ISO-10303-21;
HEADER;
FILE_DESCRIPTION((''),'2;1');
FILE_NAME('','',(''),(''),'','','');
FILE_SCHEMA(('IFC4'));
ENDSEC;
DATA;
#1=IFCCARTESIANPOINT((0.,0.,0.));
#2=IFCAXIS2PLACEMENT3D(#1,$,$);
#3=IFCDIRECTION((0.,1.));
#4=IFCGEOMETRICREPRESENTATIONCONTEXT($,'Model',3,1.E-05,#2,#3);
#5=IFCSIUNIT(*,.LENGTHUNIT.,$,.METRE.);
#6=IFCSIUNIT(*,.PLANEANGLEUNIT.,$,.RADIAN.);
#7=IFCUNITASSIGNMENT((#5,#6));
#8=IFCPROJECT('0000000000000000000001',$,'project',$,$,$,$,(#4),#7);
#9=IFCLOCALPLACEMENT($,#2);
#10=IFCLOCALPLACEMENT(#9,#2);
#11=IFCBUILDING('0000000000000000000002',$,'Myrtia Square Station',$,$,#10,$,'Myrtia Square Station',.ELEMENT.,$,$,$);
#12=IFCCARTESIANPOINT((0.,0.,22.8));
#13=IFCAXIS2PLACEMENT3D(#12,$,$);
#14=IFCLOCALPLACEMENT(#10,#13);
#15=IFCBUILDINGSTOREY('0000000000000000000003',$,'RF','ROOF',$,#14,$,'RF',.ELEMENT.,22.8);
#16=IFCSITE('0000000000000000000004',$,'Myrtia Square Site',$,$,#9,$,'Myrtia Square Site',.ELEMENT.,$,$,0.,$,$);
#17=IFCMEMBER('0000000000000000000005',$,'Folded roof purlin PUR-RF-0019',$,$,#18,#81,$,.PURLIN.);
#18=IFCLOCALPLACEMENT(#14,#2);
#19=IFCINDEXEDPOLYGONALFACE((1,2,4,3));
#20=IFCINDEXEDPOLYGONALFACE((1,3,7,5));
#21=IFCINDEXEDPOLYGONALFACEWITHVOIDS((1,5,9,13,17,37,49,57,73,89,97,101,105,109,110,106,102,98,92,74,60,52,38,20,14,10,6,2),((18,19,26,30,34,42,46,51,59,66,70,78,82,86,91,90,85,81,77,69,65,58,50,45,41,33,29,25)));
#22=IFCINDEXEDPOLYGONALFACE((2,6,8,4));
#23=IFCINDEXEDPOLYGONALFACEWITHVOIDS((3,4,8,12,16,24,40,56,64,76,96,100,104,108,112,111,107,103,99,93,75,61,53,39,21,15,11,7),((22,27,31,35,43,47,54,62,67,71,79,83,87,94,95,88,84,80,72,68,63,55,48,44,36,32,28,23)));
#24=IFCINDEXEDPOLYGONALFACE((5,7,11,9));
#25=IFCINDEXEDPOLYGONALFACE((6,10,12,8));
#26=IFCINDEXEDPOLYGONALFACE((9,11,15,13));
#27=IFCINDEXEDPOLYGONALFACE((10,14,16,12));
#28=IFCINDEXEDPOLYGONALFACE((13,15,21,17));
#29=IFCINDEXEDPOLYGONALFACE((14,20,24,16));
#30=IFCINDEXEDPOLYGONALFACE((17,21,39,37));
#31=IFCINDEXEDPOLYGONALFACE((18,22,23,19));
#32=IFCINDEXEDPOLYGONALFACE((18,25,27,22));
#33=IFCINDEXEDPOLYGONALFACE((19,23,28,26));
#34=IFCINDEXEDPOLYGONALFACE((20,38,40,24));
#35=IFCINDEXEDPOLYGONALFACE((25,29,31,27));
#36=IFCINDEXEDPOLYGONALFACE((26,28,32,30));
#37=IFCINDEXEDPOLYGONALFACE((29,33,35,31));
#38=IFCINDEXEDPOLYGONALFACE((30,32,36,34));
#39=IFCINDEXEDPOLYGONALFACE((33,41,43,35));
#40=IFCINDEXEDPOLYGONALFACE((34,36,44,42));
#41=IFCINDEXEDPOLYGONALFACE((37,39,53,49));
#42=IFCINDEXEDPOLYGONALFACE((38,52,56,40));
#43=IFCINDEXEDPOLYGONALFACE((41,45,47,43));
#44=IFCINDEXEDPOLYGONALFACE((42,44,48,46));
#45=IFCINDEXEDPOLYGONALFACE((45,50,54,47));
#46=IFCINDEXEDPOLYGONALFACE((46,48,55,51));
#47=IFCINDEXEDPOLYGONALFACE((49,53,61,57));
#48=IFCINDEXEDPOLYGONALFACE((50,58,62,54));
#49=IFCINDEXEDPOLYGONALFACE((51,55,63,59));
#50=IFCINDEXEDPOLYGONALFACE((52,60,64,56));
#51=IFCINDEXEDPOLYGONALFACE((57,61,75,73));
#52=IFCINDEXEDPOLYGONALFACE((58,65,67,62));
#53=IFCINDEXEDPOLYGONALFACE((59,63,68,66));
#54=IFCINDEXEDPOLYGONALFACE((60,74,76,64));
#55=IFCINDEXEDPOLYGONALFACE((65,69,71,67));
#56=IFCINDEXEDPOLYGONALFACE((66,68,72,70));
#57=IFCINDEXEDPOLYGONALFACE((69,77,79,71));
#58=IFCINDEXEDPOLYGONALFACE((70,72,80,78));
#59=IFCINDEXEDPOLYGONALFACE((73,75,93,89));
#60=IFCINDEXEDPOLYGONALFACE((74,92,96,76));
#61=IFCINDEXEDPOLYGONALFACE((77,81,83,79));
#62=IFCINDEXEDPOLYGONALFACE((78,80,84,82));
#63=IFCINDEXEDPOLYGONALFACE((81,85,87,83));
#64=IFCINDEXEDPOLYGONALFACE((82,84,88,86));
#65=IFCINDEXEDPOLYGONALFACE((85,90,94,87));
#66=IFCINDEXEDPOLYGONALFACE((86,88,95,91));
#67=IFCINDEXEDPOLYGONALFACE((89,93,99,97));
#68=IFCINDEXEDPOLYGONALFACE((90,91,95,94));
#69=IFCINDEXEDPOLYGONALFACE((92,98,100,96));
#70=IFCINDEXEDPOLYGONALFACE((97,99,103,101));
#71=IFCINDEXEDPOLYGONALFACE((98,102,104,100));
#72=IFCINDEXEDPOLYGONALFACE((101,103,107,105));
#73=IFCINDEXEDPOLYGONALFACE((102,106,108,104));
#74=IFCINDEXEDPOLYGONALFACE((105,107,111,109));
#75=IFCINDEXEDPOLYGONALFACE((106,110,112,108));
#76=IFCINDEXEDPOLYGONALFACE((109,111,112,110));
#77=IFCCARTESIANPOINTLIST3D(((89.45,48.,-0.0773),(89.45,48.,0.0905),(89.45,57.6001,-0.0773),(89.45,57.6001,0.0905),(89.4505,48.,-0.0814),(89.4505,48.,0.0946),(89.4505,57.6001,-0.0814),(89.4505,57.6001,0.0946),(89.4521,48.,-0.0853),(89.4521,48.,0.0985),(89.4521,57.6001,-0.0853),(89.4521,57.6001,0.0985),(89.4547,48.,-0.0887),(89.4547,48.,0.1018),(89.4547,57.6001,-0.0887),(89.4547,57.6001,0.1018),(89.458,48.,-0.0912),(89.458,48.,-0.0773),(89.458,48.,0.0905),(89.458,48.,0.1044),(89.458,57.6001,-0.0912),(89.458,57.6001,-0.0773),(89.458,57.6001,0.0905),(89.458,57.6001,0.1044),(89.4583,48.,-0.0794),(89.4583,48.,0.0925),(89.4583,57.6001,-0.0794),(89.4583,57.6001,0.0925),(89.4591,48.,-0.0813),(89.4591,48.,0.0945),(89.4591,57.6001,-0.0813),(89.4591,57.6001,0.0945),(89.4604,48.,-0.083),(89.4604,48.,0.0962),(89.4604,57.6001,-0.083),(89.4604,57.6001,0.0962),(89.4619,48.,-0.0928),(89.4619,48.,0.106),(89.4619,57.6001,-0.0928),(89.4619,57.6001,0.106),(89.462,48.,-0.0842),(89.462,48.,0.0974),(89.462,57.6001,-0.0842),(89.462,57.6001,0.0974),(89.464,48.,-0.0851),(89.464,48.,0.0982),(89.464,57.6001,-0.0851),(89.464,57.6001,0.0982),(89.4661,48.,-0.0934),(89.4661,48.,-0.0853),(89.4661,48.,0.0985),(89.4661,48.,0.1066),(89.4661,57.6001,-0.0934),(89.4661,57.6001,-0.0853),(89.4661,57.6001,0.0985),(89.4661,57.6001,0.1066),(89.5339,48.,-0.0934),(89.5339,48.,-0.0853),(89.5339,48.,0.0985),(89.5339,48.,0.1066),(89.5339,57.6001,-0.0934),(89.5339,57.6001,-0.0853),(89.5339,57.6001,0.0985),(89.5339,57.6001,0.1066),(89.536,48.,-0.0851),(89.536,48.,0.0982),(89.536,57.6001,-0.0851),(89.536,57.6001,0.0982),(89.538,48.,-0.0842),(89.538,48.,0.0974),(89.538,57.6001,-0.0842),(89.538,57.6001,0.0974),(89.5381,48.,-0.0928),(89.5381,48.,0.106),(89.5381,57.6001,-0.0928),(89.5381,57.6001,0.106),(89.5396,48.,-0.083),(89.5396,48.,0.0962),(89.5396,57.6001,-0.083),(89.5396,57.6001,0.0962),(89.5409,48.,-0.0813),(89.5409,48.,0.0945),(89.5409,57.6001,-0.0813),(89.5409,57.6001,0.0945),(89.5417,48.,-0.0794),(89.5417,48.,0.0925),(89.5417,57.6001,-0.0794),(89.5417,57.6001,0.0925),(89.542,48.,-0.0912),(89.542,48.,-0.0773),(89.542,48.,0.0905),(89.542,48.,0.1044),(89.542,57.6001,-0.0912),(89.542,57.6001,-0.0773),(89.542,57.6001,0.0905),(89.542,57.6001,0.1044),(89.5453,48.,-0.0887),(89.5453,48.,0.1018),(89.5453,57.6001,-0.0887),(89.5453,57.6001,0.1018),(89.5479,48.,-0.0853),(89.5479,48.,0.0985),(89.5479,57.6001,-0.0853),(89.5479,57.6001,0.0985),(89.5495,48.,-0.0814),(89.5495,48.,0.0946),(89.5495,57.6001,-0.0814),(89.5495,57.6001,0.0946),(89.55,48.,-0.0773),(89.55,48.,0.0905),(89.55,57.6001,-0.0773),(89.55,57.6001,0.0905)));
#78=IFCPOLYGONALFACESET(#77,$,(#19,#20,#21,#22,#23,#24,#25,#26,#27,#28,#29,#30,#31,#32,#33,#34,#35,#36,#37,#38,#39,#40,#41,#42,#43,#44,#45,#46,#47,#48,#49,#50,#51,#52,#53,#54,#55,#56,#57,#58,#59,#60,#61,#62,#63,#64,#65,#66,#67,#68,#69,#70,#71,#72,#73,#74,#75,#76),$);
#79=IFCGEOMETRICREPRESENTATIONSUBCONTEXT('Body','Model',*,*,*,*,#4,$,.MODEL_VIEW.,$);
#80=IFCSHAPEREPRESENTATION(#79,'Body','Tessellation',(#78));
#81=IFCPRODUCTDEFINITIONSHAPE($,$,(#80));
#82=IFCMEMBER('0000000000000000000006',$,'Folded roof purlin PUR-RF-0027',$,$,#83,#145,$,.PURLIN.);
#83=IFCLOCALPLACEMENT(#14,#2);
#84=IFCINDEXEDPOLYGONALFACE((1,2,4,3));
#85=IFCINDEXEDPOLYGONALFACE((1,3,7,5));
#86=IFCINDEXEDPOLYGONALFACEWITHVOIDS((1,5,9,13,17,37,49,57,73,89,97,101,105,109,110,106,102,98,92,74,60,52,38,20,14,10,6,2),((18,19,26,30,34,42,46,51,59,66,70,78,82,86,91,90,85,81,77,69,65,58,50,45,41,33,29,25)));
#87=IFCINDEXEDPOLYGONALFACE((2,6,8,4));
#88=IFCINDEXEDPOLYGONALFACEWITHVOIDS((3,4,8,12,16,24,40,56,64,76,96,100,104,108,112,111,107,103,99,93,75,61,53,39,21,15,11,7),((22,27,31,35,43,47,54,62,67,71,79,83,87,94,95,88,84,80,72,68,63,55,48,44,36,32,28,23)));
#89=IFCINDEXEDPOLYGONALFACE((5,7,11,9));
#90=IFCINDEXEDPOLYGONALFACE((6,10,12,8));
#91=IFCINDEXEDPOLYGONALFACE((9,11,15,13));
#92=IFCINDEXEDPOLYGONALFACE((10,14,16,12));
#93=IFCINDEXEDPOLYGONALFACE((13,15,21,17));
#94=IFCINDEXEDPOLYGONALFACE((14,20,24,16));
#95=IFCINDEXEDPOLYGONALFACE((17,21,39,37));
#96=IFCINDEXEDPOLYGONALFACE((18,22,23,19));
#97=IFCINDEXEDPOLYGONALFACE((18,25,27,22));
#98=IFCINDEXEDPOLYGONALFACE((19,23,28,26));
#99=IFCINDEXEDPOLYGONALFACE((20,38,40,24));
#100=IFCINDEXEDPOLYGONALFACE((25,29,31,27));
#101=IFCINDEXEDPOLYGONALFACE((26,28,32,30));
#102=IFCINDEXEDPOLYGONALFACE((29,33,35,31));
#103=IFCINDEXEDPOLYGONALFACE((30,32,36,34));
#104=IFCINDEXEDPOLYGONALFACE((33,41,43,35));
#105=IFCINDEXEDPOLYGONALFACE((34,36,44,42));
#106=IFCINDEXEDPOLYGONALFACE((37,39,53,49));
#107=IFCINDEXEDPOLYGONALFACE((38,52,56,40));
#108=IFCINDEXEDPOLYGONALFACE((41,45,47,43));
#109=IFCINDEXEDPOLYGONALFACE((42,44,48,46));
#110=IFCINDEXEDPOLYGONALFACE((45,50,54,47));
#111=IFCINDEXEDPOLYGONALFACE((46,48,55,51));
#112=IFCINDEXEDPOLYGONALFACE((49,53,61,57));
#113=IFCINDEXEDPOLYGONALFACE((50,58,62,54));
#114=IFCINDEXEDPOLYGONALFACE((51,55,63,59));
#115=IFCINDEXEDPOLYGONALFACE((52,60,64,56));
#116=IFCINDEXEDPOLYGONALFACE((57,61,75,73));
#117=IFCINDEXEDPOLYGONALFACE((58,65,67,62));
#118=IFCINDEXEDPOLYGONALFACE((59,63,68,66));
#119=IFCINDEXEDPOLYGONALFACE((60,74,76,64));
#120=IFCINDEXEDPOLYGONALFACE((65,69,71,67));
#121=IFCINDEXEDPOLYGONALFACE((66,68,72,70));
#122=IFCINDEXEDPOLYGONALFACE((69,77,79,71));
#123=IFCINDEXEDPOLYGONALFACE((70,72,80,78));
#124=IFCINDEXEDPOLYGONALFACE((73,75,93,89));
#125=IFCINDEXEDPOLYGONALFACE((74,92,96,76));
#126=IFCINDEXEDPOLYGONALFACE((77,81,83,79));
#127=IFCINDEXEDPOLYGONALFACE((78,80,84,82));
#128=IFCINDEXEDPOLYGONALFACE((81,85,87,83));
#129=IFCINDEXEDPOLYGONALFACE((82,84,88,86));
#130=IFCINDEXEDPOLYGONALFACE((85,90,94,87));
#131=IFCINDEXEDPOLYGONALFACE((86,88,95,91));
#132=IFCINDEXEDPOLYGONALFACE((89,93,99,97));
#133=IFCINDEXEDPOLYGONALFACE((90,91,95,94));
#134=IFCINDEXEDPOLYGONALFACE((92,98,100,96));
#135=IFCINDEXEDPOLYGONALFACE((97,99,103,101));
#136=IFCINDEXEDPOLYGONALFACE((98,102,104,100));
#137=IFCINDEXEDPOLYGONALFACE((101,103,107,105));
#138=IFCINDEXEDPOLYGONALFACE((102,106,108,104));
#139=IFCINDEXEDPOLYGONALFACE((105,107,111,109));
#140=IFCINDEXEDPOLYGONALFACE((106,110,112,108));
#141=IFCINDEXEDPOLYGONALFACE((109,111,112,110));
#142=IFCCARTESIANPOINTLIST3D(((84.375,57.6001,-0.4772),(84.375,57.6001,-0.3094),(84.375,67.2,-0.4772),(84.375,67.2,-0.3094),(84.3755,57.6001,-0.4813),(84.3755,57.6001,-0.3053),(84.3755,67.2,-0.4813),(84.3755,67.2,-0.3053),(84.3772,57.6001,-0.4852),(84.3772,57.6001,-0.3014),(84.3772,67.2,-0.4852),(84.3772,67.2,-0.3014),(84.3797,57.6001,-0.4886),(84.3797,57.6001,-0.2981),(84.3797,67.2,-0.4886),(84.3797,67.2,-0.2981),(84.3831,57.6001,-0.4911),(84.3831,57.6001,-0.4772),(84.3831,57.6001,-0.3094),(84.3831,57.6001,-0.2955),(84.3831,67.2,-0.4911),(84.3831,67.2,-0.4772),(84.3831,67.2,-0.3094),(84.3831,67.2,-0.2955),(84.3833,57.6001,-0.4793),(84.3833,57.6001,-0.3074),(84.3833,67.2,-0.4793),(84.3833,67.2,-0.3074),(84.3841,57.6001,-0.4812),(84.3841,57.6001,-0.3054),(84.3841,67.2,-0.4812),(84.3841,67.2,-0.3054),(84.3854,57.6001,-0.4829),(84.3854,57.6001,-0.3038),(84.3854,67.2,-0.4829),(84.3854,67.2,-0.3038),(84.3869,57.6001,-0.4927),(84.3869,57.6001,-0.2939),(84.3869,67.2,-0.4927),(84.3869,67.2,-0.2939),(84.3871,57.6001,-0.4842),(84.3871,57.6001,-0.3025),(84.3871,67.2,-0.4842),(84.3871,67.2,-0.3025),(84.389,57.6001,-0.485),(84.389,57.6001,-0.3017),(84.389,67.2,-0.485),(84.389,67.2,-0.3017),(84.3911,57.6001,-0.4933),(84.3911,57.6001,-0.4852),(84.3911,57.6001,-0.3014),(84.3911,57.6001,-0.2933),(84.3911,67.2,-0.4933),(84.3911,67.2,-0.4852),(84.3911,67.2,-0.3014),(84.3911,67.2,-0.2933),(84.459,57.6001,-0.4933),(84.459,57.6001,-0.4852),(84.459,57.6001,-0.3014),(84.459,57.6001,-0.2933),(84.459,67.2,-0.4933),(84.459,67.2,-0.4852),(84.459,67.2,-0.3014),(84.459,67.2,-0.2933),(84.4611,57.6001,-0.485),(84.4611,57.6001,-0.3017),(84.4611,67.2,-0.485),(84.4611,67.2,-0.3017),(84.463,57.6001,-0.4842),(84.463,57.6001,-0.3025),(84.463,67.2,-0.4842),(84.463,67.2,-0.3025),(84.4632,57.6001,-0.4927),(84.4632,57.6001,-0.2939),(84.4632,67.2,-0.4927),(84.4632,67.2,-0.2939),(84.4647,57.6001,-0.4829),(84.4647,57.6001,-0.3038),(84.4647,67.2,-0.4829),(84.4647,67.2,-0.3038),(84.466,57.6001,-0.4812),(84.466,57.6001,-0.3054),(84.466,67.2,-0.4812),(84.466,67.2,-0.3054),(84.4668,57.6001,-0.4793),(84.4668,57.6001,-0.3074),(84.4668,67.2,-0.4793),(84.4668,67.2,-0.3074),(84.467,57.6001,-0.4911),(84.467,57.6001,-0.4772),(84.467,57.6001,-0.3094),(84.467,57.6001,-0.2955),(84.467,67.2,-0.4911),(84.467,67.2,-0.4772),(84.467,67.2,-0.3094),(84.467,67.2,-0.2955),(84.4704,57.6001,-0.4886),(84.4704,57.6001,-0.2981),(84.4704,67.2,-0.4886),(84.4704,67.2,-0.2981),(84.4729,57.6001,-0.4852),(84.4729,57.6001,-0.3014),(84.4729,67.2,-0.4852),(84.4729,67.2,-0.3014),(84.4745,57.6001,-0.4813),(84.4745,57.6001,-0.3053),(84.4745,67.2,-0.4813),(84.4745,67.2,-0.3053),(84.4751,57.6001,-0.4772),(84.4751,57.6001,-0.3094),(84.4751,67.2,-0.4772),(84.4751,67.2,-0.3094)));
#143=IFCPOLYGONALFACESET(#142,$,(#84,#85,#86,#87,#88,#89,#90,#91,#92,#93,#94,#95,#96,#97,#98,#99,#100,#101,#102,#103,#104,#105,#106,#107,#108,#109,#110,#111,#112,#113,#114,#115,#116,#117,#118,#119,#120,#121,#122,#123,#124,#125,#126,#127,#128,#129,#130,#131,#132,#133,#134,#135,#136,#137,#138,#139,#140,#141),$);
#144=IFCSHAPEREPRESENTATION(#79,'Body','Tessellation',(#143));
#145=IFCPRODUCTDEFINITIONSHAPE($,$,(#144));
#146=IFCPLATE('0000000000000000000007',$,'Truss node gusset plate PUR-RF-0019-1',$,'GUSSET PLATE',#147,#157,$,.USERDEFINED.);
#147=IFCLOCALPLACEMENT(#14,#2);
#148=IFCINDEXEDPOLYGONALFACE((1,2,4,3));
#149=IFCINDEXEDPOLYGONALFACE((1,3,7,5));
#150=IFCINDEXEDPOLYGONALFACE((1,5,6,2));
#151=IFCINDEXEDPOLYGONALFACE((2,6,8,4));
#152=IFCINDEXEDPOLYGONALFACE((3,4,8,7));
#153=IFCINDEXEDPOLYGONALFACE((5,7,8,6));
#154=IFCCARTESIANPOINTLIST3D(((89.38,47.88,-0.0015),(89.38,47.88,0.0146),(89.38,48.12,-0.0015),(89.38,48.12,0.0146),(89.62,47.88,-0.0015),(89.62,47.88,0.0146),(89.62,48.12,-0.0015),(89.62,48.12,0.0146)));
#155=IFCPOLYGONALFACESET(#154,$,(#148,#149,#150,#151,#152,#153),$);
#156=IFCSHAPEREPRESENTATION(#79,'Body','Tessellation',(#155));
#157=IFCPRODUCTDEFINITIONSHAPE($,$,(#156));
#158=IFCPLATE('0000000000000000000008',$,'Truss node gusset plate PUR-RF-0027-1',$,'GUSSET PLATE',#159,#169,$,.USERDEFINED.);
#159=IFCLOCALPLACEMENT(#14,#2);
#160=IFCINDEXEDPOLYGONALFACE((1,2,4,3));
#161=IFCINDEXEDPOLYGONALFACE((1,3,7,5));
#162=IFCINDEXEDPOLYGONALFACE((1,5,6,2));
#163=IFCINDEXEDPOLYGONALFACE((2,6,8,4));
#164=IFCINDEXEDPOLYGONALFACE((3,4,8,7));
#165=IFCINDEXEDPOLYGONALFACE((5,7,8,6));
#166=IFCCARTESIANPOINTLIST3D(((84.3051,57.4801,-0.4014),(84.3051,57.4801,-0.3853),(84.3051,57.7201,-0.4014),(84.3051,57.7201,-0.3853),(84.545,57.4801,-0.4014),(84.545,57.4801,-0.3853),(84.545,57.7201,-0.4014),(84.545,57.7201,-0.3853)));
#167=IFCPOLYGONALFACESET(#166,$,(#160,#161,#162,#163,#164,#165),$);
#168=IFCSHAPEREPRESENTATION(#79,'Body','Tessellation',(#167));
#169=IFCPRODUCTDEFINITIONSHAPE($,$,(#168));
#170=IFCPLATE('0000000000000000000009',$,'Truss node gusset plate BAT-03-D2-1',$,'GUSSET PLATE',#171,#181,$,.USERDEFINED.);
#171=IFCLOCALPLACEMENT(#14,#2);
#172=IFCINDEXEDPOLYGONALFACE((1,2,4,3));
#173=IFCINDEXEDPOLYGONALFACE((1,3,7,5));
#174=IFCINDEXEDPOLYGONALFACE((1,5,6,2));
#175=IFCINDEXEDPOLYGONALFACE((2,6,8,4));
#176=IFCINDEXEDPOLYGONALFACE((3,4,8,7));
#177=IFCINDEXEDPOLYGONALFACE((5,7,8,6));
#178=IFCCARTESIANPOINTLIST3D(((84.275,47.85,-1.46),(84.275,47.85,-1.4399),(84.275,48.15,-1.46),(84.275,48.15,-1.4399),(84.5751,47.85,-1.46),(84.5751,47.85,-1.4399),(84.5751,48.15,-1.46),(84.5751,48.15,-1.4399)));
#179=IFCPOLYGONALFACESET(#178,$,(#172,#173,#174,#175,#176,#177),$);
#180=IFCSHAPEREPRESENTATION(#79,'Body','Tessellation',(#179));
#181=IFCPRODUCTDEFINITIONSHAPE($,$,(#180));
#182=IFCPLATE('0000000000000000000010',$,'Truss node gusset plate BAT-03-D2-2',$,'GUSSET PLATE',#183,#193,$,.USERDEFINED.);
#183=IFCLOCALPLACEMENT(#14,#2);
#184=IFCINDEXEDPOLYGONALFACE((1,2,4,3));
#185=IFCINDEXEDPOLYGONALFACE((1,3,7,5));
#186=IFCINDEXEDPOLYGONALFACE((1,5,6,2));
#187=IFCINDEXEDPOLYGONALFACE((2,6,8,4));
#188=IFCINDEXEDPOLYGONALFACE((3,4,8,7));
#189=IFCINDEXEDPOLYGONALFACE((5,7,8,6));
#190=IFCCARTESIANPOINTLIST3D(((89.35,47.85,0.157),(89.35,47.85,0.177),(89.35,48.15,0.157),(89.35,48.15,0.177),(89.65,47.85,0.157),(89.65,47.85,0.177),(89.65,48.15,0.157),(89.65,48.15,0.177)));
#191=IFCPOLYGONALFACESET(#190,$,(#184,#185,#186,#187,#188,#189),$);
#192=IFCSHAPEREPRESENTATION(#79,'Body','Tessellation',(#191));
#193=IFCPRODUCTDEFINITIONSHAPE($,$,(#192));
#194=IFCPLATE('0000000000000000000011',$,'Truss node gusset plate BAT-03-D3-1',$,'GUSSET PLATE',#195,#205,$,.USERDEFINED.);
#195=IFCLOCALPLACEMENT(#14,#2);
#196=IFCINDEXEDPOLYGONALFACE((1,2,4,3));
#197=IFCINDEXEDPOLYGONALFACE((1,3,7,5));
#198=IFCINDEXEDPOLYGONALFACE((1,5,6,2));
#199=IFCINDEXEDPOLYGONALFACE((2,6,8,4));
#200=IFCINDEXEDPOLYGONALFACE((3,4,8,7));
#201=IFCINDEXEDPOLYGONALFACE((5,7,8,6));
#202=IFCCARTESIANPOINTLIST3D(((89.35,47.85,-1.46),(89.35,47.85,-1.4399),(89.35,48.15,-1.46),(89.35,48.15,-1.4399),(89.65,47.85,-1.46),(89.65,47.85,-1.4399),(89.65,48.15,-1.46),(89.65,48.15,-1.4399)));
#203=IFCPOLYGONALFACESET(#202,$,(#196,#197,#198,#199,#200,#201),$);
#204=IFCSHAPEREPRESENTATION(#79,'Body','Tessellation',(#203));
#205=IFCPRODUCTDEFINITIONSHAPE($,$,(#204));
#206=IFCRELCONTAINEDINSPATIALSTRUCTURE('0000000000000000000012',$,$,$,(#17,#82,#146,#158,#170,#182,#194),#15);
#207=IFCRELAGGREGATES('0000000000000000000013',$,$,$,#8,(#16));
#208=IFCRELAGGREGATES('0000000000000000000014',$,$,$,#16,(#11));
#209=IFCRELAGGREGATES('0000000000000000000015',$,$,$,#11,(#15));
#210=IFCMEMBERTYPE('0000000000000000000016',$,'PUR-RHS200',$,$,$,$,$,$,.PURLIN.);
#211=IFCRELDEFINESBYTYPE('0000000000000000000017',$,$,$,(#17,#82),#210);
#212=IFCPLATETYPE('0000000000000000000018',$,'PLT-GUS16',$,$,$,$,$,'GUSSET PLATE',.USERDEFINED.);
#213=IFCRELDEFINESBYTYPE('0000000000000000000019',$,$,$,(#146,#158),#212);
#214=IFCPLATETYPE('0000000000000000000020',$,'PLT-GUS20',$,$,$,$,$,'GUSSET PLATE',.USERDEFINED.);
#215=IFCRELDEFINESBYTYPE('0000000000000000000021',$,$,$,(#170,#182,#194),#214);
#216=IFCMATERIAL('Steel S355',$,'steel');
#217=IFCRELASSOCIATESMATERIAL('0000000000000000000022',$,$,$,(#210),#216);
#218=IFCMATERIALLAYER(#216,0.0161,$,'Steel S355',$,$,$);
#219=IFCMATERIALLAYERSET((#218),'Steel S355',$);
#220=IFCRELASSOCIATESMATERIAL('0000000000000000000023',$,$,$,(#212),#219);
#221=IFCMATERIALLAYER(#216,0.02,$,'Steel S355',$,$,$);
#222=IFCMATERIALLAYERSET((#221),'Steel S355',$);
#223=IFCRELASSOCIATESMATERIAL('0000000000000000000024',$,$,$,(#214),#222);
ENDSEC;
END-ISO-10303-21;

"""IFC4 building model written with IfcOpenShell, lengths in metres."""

from ifc_helpers import new_model, si_unit, direction, frame, origin, origin_2d, place, context, subcontext, project, spatial, rectangle, hollow_rectangle, extrude, material, layer, layer_set, material_profile, profile_set, type_object, element, save


model = new_model("IFC4")

# Units and contexts
model_context = context("Model", 3, precision=1e-05, world=origin(), true_north=direction((0.0, 1.0)))
body_context = subcontext(model_context, "Body", "Model", "MODEL_VIEW")
ifc_project = project(units=[si_unit("LENGTHUNIT", "METRE"), si_unit("PLANEANGLEUNIT", "RADIAN")], contexts=[model_context])

# Site, building, storey
site_placement = place(None, origin())
site = spatial("IfcSite", under=ifc_project, at=site_placement, Name="Myrtia Square Site", LongName="Myrtia Square Site", CompositionType="ELEMENT", RefElevation=0.0)
building_placement = place(site_placement, origin())
building = spatial("IfcBuilding", under=site, at=building_placement, Name="Myrtia Square Station", LongName="Myrtia Square Station", CompositionType="ELEMENT")
storey_placement = place(building_placement, frame((0.0, 0.0, 22.8)))
storey = spatial("IfcBuildingStorey", under=building, at=storey_placement, Name="RF", Description="ROOF", LongName="RF", CompositionType="ELEMENT", Elevation=22.8)

# Members
ifc_material_1 = material(Name="Steel S355", Category="steel")
ifc_material_profile_1 = material_profile(ifc_material_1, hollow_rectangle(XDim=0.1001, YDim=0.2, WallThickness=0.0081, InnerFilletRadius=0.0081, OuterFilletRadius=0.0161, at=origin_2d()), Name="RHS 200x100x8")
ifc_profile_set_1 = profile_set([ifc_material_profile_1], Name="Steel S355")
member_type_1 = type_object("IfcMemberType", Name="PUR-RHS200", PredefinedType="PURLIN", material=ifc_profile_set_1)
member_1_placement = place(storey_placement, frame((89.5, 48.0, 0.0066), z_axis=(0.0, 1.0, 0.0), x_axis=(-1.0, 0.0, 0.0)))
element("IfcMember", 1, at=member_1_placement, inside=storey, type_object=member_type_1, Name="Folded roof purlin PUR-RF-0019", PredefinedType="PURLIN", context=body_context, shape_type="SweptSolid", body=[
    extrude(hollow_rectangle(XDim=0.1001, YDim=0.2, WallThickness=0.0081, InnerFilletRadius=0.0081, OuterFilletRadius=0.0161, at=origin_2d()), origin(), (0.0, 0.0, 1.0), 9.6001),
])
member_2_placement = place(storey_placement, frame((84.425, 57.6001, -0.3933), z_axis=(0.0, 1.0, 0.0), x_axis=(-1.0, 0.0, 0.0)))
element("IfcMember", 2, at=member_2_placement, inside=storey, type_object=member_type_1, Name="Folded roof purlin PUR-RF-0027", PredefinedType="PURLIN", context=body_context, shape_type="SweptSolid", body=[
    extrude(hollow_rectangle(XDim=0.1001, YDim=0.2, WallThickness=0.0081, InnerFilletRadius=0.0081, OuterFilletRadius=0.0161, at=origin_2d()), origin(), (0.0, 0.0, 1.0), 9.5999),
])

# Plates
ifc_layer_1 = layer(ifc_material_1, 0.0161, Name="Steel S355")
ifc_layer_set_1 = layer_set([ifc_layer_1], Name="Steel S355")
plate_type_1 = type_object("IfcPlateType", Name="PLT-GUS16", ElementType="GUSSET PLATE", PredefinedType="USERDEFINED", material=ifc_layer_set_1)
for number, where, z_axis, x_axis, name in (
    (3, (89.5, 48.0, -0.0015), (0.0, 0.0, 1.0), (0.0, 1.0, 0.0), "Truss node gusset plate PUR-RF-0019-1"),
    (4, (84.425, 57.6001, -0.4014), (0.0, 0.0, 1.0), (0.0, 1.0, 0.0), "Truss node gusset plate PUR-RF-0027-1"),
):
    element("IfcPlate", number, at=place(storey_placement, frame(where, z_axis=z_axis, x_axis=x_axis)), inside=storey, type_object=plate_type_1, Name=name, ObjectType="GUSSET PLATE", PredefinedType="USERDEFINED", context=body_context, shape_type="SweptSolid", body=[
        extrude(rectangle(XDim=0.24, YDim=0.24, at=origin_2d()), origin(), (0.0, 0.0, 1.0), 0.0161),
    ])
ifc_layer_2 = layer(ifc_material_1, 0.02, Name="Steel S355")
ifc_layer_set_2 = layer_set([ifc_layer_2], Name="Steel S355")
plate_type_2 = type_object("IfcPlateType", Name="PLT-GUS20", ElementType="GUSSET PLATE", PredefinedType="USERDEFINED", material=ifc_layer_set_2)
for number, where, z_axis, x_axis, name in (
    (5, (84.425, 48.0, -1.46), (0.0, 0.0, 1.0), (1.0, 0.0, 0.0), "Truss node gusset plate BAT-03-D2-1"),
    (6, (89.5, 48.0, 0.157), (0.0, 0.0, 1.0), (1.0, 0.0, 0.0), "Truss node gusset plate BAT-03-D2-2"),
    (7, (89.5, 48.0, -1.46), (0.0, 0.0, 1.0), (1.0, 0.0, 0.0), "Truss node gusset plate BAT-03-D3-1"),
):
    element("IfcPlate", number, at=place(storey_placement, frame(where, z_axis=z_axis, x_axis=x_axis)), inside=storey, type_object=plate_type_2, Name=name, ObjectType="GUSSET PLATE", PredefinedType="USERDEFINED", context=body_context, shape_type="SweptSolid", body=[
        extrude(rectangle(XDim=0.3, YDim=0.3, at=origin_2d()), origin(), (0.0, 0.0, 1.0), 0.02),
    ])

save(model, "model.ifc")
